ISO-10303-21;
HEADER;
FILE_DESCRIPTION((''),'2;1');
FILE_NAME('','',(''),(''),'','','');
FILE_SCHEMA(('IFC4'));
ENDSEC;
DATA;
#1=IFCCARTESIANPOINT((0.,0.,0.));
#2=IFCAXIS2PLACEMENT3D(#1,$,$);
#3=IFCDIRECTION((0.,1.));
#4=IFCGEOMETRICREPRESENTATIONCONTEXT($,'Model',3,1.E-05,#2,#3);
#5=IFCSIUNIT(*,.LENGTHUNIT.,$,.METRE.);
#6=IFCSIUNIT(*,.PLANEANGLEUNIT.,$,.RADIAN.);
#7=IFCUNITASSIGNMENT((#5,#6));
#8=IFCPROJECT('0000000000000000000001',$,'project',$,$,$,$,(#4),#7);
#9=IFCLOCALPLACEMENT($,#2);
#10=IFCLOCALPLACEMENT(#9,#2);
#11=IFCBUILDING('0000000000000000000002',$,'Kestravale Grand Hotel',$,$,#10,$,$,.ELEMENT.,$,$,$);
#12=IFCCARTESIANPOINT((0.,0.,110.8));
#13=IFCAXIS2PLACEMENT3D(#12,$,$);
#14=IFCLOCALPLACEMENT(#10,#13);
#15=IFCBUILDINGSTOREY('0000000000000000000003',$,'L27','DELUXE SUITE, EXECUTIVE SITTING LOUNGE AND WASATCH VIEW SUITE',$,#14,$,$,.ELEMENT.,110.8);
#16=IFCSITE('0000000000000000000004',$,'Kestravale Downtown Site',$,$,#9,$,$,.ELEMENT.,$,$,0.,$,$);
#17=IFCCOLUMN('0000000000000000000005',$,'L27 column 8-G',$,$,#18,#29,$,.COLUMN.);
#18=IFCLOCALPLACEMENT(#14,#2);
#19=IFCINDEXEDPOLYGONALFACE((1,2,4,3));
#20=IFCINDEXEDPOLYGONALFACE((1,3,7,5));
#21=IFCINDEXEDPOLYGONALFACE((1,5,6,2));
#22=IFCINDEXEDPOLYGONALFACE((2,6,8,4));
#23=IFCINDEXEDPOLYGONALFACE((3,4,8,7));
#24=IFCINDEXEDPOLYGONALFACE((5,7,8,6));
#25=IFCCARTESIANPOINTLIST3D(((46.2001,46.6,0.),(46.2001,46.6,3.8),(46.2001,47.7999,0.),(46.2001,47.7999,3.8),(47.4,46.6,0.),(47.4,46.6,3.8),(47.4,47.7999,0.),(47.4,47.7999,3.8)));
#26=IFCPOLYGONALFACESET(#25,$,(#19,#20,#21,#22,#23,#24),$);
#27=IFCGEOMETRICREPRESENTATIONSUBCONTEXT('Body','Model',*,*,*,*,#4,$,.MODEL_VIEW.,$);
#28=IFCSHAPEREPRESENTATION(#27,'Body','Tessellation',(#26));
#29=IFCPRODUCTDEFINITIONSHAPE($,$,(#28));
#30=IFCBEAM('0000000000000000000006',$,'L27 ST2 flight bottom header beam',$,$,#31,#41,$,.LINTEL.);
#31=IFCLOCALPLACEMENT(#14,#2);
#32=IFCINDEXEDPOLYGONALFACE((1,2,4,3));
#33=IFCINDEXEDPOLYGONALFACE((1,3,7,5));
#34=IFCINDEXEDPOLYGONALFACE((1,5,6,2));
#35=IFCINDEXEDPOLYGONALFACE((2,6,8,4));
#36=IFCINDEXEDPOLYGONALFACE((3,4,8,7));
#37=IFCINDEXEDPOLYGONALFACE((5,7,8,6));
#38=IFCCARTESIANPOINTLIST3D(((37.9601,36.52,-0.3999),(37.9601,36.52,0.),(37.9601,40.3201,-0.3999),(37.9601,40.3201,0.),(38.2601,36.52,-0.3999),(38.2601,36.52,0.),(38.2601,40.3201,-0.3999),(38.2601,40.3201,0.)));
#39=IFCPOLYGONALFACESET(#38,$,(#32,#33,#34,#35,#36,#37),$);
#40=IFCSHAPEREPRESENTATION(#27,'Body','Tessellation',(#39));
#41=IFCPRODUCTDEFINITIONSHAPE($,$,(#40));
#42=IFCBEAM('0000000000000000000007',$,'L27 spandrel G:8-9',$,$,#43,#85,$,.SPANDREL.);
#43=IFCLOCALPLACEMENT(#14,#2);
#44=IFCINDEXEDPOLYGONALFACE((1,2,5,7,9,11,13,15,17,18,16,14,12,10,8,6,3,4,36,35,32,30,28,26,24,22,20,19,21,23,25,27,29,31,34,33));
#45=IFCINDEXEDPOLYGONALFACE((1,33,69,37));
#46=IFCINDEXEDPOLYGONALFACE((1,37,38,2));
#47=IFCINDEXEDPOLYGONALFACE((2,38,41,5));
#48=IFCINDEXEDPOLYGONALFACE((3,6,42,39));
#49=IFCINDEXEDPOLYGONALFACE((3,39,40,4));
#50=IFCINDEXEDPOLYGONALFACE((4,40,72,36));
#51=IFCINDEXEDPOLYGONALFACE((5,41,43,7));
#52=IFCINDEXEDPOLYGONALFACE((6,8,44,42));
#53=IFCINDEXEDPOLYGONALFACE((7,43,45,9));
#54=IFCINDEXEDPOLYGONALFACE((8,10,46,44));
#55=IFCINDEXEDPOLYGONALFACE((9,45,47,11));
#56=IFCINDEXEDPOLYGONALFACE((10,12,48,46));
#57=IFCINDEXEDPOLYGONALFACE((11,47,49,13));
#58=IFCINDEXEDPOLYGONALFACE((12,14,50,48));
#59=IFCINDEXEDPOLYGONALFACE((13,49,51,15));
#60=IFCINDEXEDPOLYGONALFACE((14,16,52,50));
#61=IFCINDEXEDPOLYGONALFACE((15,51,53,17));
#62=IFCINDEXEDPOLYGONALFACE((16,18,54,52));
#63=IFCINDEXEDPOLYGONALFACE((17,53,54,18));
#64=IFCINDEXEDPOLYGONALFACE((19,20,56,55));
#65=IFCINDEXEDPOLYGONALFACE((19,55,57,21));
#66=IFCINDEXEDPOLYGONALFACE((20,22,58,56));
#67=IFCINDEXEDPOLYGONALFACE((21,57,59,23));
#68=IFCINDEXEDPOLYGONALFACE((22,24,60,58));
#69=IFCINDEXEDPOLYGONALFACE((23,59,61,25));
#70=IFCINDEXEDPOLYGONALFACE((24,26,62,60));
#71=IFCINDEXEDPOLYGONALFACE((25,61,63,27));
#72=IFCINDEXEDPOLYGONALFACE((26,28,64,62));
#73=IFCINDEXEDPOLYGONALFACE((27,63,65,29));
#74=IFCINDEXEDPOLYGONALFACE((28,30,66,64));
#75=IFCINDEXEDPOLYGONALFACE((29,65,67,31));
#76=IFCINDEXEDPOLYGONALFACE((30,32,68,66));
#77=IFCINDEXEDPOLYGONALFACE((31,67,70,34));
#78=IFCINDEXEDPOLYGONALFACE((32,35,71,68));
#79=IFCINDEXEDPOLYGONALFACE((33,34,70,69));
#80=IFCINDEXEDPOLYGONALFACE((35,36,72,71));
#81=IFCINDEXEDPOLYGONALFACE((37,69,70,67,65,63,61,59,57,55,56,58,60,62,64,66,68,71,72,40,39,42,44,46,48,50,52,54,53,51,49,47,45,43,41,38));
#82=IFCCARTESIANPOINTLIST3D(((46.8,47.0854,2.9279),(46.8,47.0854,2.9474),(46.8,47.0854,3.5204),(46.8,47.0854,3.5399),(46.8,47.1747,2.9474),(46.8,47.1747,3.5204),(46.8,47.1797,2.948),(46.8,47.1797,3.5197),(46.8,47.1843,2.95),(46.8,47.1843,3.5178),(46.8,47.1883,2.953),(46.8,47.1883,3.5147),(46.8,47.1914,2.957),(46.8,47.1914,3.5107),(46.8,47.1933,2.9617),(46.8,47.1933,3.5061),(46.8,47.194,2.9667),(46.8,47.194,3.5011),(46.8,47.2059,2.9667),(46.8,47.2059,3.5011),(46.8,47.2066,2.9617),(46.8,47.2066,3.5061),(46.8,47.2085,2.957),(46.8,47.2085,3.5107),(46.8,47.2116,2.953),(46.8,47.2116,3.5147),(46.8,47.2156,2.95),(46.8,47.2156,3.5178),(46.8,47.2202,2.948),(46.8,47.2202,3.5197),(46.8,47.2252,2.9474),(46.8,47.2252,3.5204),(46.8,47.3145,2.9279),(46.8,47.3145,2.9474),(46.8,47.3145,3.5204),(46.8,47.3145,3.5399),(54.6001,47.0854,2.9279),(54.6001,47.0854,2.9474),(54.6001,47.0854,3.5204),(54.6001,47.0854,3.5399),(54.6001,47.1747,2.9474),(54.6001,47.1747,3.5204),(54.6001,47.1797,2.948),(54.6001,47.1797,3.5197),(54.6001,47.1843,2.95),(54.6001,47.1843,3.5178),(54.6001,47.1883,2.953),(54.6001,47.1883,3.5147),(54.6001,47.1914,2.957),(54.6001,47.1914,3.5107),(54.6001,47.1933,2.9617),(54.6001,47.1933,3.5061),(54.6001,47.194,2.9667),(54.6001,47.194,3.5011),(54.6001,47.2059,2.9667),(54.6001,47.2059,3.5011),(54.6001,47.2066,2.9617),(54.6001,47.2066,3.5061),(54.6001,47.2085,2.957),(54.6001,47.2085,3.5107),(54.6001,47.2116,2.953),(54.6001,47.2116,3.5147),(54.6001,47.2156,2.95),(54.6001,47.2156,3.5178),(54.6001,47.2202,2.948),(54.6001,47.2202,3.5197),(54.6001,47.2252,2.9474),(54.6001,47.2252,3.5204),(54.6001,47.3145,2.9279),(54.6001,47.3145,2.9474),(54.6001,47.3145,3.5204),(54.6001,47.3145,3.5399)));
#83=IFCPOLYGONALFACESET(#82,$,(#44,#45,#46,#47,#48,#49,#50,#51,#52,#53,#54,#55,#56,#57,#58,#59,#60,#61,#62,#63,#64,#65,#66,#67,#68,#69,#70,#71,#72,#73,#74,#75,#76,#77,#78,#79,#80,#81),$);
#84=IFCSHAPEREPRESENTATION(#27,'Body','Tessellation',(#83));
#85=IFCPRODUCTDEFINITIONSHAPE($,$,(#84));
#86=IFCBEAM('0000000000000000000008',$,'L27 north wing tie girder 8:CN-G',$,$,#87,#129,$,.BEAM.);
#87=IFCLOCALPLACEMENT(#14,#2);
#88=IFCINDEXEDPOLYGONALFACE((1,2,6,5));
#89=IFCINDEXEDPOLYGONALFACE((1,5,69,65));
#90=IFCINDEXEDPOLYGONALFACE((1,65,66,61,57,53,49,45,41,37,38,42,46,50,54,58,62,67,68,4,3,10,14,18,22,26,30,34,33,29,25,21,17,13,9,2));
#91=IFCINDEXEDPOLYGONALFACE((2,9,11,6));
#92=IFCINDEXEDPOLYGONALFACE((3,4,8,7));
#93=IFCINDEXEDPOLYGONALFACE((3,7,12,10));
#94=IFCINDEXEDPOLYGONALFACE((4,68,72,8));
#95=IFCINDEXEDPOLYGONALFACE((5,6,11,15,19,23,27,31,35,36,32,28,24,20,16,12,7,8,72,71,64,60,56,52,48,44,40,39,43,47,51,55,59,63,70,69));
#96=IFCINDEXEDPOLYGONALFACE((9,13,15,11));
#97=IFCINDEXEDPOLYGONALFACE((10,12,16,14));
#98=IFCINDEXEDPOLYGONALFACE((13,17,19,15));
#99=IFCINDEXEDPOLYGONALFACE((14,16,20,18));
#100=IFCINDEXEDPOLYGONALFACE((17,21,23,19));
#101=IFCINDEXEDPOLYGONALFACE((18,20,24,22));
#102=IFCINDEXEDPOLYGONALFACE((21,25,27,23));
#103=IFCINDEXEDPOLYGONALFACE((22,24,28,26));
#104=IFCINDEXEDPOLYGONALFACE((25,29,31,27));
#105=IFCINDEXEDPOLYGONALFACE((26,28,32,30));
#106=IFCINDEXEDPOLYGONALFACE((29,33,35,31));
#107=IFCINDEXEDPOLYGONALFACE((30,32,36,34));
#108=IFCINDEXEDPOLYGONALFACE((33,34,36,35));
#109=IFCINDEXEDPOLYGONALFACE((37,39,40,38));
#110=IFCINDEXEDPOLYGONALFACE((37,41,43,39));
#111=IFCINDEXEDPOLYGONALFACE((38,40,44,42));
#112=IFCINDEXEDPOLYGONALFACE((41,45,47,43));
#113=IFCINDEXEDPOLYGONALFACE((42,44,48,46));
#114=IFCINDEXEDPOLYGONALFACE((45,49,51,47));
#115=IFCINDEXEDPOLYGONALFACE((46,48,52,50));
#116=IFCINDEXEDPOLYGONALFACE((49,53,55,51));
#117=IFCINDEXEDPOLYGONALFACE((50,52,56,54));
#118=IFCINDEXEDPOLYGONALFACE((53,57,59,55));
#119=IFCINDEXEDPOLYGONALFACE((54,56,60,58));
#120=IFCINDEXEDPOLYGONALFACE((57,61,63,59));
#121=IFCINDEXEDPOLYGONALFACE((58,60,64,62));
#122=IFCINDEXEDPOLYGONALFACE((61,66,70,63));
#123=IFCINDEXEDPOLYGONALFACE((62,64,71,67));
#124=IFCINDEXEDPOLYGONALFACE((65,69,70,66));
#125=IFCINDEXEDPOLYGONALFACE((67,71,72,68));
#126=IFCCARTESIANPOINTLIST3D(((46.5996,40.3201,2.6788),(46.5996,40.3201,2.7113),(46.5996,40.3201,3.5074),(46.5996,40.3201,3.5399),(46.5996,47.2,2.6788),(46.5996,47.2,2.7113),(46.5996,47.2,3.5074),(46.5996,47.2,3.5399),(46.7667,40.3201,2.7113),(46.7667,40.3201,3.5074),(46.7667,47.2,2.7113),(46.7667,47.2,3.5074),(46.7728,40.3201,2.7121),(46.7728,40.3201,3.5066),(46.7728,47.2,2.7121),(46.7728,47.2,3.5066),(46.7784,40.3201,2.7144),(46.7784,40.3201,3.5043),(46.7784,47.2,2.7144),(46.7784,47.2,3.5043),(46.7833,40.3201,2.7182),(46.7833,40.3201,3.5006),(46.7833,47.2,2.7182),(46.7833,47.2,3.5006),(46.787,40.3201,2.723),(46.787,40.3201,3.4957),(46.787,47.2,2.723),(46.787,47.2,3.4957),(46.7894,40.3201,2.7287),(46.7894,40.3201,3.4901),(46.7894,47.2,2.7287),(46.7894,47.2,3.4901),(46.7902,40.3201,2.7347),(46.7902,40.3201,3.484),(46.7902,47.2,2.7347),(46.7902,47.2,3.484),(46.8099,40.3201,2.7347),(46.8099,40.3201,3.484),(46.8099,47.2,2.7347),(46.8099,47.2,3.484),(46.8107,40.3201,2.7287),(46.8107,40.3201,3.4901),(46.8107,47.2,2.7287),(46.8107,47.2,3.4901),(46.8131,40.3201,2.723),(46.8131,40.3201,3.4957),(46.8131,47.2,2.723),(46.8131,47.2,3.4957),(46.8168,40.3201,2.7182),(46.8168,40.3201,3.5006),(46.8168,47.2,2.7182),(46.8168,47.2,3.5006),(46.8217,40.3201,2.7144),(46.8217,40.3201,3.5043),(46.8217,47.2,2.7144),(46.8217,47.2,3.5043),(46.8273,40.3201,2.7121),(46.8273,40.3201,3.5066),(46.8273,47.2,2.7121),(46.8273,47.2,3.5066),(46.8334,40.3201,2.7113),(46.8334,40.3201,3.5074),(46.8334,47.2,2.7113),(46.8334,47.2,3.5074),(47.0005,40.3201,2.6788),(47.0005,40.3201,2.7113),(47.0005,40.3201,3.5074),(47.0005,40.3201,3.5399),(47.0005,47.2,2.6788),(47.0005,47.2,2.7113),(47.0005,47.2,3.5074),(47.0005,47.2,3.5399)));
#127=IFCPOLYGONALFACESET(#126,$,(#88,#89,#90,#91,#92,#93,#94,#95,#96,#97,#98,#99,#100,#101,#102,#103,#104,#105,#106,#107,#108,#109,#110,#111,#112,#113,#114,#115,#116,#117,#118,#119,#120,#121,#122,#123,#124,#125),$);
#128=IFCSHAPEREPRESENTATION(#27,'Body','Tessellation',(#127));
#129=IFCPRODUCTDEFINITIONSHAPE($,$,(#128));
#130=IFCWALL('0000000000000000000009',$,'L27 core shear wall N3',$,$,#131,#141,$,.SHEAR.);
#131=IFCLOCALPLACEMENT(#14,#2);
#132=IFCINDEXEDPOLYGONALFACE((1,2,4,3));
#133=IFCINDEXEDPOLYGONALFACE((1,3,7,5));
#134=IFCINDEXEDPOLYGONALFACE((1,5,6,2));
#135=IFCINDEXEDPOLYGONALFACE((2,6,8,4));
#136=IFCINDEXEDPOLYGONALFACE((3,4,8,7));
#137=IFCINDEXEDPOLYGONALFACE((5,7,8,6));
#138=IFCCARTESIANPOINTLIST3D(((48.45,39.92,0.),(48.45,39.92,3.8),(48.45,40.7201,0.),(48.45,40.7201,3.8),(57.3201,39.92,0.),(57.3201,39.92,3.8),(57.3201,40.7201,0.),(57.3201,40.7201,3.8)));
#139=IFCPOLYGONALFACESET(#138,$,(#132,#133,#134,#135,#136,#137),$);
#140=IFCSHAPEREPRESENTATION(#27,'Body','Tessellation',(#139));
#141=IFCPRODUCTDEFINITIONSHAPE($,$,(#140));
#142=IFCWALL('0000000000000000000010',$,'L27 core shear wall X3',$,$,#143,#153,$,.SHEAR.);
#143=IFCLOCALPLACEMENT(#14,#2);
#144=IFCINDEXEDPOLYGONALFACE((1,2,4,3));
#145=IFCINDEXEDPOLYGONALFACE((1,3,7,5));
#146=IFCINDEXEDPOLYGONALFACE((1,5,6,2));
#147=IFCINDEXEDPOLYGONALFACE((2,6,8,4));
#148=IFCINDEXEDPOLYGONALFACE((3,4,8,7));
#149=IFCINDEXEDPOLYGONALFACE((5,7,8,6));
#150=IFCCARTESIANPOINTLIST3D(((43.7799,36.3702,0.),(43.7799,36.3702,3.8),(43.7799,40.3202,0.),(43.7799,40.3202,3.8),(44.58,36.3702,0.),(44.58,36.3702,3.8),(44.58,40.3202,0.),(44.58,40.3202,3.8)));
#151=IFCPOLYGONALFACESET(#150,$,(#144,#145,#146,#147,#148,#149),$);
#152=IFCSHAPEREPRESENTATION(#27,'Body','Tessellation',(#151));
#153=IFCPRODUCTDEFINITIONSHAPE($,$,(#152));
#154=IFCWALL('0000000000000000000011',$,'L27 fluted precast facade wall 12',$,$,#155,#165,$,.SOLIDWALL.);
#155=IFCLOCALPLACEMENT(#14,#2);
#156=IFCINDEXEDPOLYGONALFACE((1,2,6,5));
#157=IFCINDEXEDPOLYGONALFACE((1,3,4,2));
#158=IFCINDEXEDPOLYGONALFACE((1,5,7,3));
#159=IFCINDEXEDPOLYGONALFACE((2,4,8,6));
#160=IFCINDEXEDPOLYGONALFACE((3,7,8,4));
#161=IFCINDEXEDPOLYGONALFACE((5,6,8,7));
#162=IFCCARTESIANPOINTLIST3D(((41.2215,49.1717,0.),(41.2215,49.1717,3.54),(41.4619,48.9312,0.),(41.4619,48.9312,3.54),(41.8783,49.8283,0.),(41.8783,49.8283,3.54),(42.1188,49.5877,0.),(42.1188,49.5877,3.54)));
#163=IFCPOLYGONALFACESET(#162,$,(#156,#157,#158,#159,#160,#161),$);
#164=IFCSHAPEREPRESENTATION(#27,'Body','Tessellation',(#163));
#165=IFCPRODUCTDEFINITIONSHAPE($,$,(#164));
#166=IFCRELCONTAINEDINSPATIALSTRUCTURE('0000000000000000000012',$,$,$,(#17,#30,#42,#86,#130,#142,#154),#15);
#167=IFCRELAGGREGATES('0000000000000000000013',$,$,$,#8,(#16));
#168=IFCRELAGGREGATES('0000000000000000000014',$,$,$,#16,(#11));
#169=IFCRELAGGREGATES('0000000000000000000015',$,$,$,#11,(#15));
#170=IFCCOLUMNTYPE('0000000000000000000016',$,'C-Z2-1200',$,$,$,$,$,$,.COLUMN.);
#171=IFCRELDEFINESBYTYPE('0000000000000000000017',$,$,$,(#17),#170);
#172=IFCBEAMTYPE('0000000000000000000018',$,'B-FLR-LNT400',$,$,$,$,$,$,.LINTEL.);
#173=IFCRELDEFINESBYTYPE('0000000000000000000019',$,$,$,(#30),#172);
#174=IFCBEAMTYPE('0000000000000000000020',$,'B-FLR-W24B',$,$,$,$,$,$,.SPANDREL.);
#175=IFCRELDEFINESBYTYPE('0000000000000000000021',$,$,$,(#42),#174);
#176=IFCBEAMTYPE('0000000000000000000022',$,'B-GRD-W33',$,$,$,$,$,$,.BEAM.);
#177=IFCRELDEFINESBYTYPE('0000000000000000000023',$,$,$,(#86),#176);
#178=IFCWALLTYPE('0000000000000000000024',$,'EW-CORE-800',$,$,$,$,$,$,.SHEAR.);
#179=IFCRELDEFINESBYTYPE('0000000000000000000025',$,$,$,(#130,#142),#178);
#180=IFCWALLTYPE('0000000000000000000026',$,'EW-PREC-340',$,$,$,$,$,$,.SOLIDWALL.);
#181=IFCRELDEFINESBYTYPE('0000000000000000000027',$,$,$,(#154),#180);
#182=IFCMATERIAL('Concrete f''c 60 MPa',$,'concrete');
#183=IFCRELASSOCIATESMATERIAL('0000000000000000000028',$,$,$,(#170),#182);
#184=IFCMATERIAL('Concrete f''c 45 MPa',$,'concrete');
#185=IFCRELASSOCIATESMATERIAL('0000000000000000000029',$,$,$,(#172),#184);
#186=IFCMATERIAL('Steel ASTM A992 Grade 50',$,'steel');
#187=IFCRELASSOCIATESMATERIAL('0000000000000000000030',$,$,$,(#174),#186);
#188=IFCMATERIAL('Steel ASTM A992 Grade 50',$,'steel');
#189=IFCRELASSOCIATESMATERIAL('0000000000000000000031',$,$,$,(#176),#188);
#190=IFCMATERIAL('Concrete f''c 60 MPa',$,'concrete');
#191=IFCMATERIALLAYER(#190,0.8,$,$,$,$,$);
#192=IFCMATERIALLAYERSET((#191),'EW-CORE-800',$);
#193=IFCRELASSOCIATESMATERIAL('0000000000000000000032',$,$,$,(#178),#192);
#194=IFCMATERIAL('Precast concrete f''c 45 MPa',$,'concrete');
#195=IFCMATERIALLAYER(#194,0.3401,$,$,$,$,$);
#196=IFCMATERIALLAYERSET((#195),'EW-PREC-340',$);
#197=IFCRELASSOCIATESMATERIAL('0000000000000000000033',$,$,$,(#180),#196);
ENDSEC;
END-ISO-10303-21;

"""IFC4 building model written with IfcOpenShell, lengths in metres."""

from ifc_helpers import new_model, si_unit, direction, frame, frame_2d, origin, origin_2d, place, context, subcontext, project, spatial, rectangle, i_section, extrude, material, layer, layer_set, material_profile, profile_set, type_object, element, save


model = new_model("IFC4")

# Units and contexts
model_context = context("Model", 3, precision=1e-05, world=origin(), true_north=direction((0.0, 1.0)))
body_context = subcontext(model_context, "Body", "Model", "MODEL_VIEW")
ifc_project = project(units=[si_unit("LENGTHUNIT", "METRE"), si_unit("PLANEANGLEUNIT", "RADIAN")], contexts=[model_context])

# Site, building, storey
site_placement = place(None, origin())
site = spatial("IfcSite", under=ifc_project, at=site_placement, Name="Kestravale Downtown Site", CompositionType="ELEMENT", RefElevation=0.0)
building_placement = place(site_placement, origin())
building = spatial("IfcBuilding", under=site, at=building_placement, Name="Kestravale Grand Hotel", CompositionType="ELEMENT")
storey_placement = place(building_placement, frame((0.0, 0.0, 110.8)))
storey = spatial("IfcBuildingStorey", under=building, at=storey_placement, Name="L27", Description="DELUXE SUITE, EXECUTIVE SITTING LOUNGE AND WASATCH VIEW SUITE", CompositionType="ELEMENT", Elevation=110.8)

# Column
ifc_material_1 = material(Name="Concrete f'c 60 MPa", Category="concrete")
ifc_material_profile_1 = material_profile(ifc_material_1, rectangle(XDim=1.2, YDim=1.2, at=origin_2d()))
ifc_profile_set_1 = profile_set([ifc_material_profile_1], Name="Concrete f'c 60 MPa")
column_type = type_object("IfcColumnType", Name="C-Z2-1200", PredefinedType="COLUMN", material=ifc_profile_set_1)
column_placement = place(storey_placement, frame((46.8, 47.2, 0.0), z_axis=(0.0, 0.0, 1.0), x_axis=(1.0, 0.0, 0.0)))
element("IfcColumn", 1, at=column_placement, inside=storey, type_object=column_type, Name="L27 column 8-G", PredefinedType="COLUMN", context=body_context, shape_type="SweptSolid", body=[
    extrude(rectangle(XDim=1.2, YDim=1.2, at=origin_2d()), origin(), (0.0, 0.0, 1.0), 3.8),
])

# Beams
ifc_material_2 = material(Name="Concrete f'c 45 MPa", Category="concrete")
ifc_material_profile_2 = material_profile(ifc_material_2, rectangle(XDim=0.3, YDim=0.3999, at=origin_2d()))
ifc_profile_set_2 = profile_set([ifc_material_profile_2], Name="Concrete f'c 45 MPa")
beam_type_1 = type_object("IfcBeamType", Name="B-FLR-LNT400", PredefinedType="LINTEL", material=ifc_profile_set_2)
beam_1_placement = place(storey_placement, frame((38.1101, 36.52, -0.2), z_axis=(0.0, 1.0, 0.0), x_axis=(-1.0, 0.0, 0.0)))
element("IfcBeam", 2, at=beam_1_placement, inside=storey, type_object=beam_type_1, Name="L27 ST2 flight bottom header beam", PredefinedType="LINTEL", context=body_context, shape_type="SweptSolid", body=[
    extrude(rectangle(XDim=0.3, YDim=0.3999, at=origin_2d()), origin(), (0.0, 0.0, 1.0), 3.8),
])
ifc_material_3 = material(Name="Steel ASTM A992 Grade 50", Category="steel")
ifc_material_profile_3 = material_profile(ifc_material_3, i_section(OverallWidth=0.229, OverallDepth=0.6121, WebThickness=0.012, FlangeThickness=0.0195, FilletRadius=0.0193, at=origin_2d()))
ifc_profile_set_3 = profile_set([ifc_material_profile_3], Name="Steel ASTM A992 Grade 50")
beam_type_2 = type_object("IfcBeamType", Name="B-FLR-W24B", PredefinedType="SPANDREL", material=ifc_profile_set_3)
beam_2_placement = place(storey_placement, frame((46.8, 47.2, 3.2339), z_axis=(1.0, 0.0, 0.0), x_axis=(0.0, 1.0, 0.0)))
element("IfcBeam", 3, at=beam_2_placement, inside=storey, type_object=beam_type_2, Name="L27 spandrel G:8-9", PredefinedType="SPANDREL", context=body_context, shape_type="SweptSolid", body=[
    extrude(i_section(OverallWidth=0.229, OverallDepth=0.6121, WebThickness=0.012, FlangeThickness=0.0195, FilletRadius=0.0193, at=origin_2d()), origin(), (0.0, 0.0, 1.0), 7.8),
])
ifc_material_4 = material(Name="Steel ASTM A992 Grade 50", Category="steel")
ifc_material_profile_4 = material_profile(ifc_material_4, i_section(OverallWidth=0.4009, OverallDepth=0.8611, WebThickness=0.0198, FlangeThickness=0.0325, FilletRadius=0.0234, at=origin_2d()))
ifc_profile_set_4 = profile_set([ifc_material_profile_4], Name="Steel ASTM A992 Grade 50")
beam_type_3 = type_object("IfcBeamType", Name="B-GRD-W33", PredefinedType="BEAM", material=ifc_profile_set_4)
beam_3_placement = place(storey_placement, frame((46.8, 40.3201, 3.1094), z_axis=(0.0, 1.0, 0.0), x_axis=(-1.0, 0.0, 0.0)))
element("IfcBeam", 4, at=beam_3_placement, inside=storey, type_object=beam_type_3, Name="L27 north wing tie girder 8:CN-G", PredefinedType="BEAM", context=body_context, shape_type="SweptSolid", body=[
    extrude(i_section(OverallWidth=0.4009, OverallDepth=0.8611, WebThickness=0.0198, FlangeThickness=0.0325, FilletRadius=0.0234, at=origin_2d()), origin(), (0.0, 0.0, 1.0), 6.8799),
])

# Walls
ifc_material_5 = material(Name="Concrete f'c 60 MPa", Category="concrete")
ifc_layer_1 = layer(ifc_material_5, 0.8)
ifc_layer_set_1 = layer_set([ifc_layer_1], Name="EW-CORE-800")
wall_type_1 = type_object("IfcWallType", Name="EW-CORE-800", PredefinedType="SHEAR", material=ifc_layer_set_1)
wall_1_placement = place(storey_placement, frame((48.45, 40.3201, 0.0), z_axis=(0.0, 0.0, 1.0), x_axis=(1.0, 0.0, 0.0)))
element("IfcWall", 5, at=wall_1_placement, inside=storey, type_object=wall_type_1, Name="L27 core shear wall N3", PredefinedType="SHEAR", context=body_context, shape_type="SweptSolid", body=[
    extrude(rectangle(XDim=8.8701, YDim=0.8, at=frame_2d((4.4351, 0.0))), origin(), (0.0, 0.0, 1.0), 3.8),
])
wall_2_placement = place(storey_placement, frame((44.1799, 36.3701, 0.0), z_axis=(0.0, 0.0, 1.0), x_axis=(0.0, 1.0, 0.0)))
element("IfcWall", 6, at=wall_2_placement, inside=storey, type_object=wall_type_1, Name="L27 core shear wall X3", PredefinedType="SHEAR", context=body_context, shape_type="SweptSolid", body=[
    extrude(rectangle(XDim=3.95, YDim=0.8, at=frame_2d((1.9751, 0.0))), origin(), (0.0, 0.0, 1.0), 3.8),
])
ifc_material_6 = material(Name="Precast concrete f'c 45 MPa", Category="concrete")
ifc_layer_2 = layer(ifc_material_6, 0.3401)
ifc_layer_set_2 = layer_set([ifc_layer_2], Name="EW-PREC-340")
wall_type_2 = type_object("IfcWallType", Name="EW-PREC-340", PredefinedType="SOLIDWALL", material=ifc_layer_set_2)
wall_3_placement = place(storey_placement, frame((41.9985, 49.708, 0.0), z_axis=(0.0, 0.0, 1.0), x_axis=(-0.707238, -0.706975, 0.0)))
element("IfcWall", 7, at=wall_3_placement, inside=storey, type_object=wall_type_2, Name="L27 fluted precast facade wall 12", PredefinedType="SOLIDWALL", context=body_context, shape_type="SweptSolid", body=[
    extrude(rectangle(XDim=0.9287, YDim=0.3401, at=frame_2d((0.4644, 0.0))), origin(), (0.0, 0.0, 1.0), 3.54),
])

save(model, "model.ifc")
